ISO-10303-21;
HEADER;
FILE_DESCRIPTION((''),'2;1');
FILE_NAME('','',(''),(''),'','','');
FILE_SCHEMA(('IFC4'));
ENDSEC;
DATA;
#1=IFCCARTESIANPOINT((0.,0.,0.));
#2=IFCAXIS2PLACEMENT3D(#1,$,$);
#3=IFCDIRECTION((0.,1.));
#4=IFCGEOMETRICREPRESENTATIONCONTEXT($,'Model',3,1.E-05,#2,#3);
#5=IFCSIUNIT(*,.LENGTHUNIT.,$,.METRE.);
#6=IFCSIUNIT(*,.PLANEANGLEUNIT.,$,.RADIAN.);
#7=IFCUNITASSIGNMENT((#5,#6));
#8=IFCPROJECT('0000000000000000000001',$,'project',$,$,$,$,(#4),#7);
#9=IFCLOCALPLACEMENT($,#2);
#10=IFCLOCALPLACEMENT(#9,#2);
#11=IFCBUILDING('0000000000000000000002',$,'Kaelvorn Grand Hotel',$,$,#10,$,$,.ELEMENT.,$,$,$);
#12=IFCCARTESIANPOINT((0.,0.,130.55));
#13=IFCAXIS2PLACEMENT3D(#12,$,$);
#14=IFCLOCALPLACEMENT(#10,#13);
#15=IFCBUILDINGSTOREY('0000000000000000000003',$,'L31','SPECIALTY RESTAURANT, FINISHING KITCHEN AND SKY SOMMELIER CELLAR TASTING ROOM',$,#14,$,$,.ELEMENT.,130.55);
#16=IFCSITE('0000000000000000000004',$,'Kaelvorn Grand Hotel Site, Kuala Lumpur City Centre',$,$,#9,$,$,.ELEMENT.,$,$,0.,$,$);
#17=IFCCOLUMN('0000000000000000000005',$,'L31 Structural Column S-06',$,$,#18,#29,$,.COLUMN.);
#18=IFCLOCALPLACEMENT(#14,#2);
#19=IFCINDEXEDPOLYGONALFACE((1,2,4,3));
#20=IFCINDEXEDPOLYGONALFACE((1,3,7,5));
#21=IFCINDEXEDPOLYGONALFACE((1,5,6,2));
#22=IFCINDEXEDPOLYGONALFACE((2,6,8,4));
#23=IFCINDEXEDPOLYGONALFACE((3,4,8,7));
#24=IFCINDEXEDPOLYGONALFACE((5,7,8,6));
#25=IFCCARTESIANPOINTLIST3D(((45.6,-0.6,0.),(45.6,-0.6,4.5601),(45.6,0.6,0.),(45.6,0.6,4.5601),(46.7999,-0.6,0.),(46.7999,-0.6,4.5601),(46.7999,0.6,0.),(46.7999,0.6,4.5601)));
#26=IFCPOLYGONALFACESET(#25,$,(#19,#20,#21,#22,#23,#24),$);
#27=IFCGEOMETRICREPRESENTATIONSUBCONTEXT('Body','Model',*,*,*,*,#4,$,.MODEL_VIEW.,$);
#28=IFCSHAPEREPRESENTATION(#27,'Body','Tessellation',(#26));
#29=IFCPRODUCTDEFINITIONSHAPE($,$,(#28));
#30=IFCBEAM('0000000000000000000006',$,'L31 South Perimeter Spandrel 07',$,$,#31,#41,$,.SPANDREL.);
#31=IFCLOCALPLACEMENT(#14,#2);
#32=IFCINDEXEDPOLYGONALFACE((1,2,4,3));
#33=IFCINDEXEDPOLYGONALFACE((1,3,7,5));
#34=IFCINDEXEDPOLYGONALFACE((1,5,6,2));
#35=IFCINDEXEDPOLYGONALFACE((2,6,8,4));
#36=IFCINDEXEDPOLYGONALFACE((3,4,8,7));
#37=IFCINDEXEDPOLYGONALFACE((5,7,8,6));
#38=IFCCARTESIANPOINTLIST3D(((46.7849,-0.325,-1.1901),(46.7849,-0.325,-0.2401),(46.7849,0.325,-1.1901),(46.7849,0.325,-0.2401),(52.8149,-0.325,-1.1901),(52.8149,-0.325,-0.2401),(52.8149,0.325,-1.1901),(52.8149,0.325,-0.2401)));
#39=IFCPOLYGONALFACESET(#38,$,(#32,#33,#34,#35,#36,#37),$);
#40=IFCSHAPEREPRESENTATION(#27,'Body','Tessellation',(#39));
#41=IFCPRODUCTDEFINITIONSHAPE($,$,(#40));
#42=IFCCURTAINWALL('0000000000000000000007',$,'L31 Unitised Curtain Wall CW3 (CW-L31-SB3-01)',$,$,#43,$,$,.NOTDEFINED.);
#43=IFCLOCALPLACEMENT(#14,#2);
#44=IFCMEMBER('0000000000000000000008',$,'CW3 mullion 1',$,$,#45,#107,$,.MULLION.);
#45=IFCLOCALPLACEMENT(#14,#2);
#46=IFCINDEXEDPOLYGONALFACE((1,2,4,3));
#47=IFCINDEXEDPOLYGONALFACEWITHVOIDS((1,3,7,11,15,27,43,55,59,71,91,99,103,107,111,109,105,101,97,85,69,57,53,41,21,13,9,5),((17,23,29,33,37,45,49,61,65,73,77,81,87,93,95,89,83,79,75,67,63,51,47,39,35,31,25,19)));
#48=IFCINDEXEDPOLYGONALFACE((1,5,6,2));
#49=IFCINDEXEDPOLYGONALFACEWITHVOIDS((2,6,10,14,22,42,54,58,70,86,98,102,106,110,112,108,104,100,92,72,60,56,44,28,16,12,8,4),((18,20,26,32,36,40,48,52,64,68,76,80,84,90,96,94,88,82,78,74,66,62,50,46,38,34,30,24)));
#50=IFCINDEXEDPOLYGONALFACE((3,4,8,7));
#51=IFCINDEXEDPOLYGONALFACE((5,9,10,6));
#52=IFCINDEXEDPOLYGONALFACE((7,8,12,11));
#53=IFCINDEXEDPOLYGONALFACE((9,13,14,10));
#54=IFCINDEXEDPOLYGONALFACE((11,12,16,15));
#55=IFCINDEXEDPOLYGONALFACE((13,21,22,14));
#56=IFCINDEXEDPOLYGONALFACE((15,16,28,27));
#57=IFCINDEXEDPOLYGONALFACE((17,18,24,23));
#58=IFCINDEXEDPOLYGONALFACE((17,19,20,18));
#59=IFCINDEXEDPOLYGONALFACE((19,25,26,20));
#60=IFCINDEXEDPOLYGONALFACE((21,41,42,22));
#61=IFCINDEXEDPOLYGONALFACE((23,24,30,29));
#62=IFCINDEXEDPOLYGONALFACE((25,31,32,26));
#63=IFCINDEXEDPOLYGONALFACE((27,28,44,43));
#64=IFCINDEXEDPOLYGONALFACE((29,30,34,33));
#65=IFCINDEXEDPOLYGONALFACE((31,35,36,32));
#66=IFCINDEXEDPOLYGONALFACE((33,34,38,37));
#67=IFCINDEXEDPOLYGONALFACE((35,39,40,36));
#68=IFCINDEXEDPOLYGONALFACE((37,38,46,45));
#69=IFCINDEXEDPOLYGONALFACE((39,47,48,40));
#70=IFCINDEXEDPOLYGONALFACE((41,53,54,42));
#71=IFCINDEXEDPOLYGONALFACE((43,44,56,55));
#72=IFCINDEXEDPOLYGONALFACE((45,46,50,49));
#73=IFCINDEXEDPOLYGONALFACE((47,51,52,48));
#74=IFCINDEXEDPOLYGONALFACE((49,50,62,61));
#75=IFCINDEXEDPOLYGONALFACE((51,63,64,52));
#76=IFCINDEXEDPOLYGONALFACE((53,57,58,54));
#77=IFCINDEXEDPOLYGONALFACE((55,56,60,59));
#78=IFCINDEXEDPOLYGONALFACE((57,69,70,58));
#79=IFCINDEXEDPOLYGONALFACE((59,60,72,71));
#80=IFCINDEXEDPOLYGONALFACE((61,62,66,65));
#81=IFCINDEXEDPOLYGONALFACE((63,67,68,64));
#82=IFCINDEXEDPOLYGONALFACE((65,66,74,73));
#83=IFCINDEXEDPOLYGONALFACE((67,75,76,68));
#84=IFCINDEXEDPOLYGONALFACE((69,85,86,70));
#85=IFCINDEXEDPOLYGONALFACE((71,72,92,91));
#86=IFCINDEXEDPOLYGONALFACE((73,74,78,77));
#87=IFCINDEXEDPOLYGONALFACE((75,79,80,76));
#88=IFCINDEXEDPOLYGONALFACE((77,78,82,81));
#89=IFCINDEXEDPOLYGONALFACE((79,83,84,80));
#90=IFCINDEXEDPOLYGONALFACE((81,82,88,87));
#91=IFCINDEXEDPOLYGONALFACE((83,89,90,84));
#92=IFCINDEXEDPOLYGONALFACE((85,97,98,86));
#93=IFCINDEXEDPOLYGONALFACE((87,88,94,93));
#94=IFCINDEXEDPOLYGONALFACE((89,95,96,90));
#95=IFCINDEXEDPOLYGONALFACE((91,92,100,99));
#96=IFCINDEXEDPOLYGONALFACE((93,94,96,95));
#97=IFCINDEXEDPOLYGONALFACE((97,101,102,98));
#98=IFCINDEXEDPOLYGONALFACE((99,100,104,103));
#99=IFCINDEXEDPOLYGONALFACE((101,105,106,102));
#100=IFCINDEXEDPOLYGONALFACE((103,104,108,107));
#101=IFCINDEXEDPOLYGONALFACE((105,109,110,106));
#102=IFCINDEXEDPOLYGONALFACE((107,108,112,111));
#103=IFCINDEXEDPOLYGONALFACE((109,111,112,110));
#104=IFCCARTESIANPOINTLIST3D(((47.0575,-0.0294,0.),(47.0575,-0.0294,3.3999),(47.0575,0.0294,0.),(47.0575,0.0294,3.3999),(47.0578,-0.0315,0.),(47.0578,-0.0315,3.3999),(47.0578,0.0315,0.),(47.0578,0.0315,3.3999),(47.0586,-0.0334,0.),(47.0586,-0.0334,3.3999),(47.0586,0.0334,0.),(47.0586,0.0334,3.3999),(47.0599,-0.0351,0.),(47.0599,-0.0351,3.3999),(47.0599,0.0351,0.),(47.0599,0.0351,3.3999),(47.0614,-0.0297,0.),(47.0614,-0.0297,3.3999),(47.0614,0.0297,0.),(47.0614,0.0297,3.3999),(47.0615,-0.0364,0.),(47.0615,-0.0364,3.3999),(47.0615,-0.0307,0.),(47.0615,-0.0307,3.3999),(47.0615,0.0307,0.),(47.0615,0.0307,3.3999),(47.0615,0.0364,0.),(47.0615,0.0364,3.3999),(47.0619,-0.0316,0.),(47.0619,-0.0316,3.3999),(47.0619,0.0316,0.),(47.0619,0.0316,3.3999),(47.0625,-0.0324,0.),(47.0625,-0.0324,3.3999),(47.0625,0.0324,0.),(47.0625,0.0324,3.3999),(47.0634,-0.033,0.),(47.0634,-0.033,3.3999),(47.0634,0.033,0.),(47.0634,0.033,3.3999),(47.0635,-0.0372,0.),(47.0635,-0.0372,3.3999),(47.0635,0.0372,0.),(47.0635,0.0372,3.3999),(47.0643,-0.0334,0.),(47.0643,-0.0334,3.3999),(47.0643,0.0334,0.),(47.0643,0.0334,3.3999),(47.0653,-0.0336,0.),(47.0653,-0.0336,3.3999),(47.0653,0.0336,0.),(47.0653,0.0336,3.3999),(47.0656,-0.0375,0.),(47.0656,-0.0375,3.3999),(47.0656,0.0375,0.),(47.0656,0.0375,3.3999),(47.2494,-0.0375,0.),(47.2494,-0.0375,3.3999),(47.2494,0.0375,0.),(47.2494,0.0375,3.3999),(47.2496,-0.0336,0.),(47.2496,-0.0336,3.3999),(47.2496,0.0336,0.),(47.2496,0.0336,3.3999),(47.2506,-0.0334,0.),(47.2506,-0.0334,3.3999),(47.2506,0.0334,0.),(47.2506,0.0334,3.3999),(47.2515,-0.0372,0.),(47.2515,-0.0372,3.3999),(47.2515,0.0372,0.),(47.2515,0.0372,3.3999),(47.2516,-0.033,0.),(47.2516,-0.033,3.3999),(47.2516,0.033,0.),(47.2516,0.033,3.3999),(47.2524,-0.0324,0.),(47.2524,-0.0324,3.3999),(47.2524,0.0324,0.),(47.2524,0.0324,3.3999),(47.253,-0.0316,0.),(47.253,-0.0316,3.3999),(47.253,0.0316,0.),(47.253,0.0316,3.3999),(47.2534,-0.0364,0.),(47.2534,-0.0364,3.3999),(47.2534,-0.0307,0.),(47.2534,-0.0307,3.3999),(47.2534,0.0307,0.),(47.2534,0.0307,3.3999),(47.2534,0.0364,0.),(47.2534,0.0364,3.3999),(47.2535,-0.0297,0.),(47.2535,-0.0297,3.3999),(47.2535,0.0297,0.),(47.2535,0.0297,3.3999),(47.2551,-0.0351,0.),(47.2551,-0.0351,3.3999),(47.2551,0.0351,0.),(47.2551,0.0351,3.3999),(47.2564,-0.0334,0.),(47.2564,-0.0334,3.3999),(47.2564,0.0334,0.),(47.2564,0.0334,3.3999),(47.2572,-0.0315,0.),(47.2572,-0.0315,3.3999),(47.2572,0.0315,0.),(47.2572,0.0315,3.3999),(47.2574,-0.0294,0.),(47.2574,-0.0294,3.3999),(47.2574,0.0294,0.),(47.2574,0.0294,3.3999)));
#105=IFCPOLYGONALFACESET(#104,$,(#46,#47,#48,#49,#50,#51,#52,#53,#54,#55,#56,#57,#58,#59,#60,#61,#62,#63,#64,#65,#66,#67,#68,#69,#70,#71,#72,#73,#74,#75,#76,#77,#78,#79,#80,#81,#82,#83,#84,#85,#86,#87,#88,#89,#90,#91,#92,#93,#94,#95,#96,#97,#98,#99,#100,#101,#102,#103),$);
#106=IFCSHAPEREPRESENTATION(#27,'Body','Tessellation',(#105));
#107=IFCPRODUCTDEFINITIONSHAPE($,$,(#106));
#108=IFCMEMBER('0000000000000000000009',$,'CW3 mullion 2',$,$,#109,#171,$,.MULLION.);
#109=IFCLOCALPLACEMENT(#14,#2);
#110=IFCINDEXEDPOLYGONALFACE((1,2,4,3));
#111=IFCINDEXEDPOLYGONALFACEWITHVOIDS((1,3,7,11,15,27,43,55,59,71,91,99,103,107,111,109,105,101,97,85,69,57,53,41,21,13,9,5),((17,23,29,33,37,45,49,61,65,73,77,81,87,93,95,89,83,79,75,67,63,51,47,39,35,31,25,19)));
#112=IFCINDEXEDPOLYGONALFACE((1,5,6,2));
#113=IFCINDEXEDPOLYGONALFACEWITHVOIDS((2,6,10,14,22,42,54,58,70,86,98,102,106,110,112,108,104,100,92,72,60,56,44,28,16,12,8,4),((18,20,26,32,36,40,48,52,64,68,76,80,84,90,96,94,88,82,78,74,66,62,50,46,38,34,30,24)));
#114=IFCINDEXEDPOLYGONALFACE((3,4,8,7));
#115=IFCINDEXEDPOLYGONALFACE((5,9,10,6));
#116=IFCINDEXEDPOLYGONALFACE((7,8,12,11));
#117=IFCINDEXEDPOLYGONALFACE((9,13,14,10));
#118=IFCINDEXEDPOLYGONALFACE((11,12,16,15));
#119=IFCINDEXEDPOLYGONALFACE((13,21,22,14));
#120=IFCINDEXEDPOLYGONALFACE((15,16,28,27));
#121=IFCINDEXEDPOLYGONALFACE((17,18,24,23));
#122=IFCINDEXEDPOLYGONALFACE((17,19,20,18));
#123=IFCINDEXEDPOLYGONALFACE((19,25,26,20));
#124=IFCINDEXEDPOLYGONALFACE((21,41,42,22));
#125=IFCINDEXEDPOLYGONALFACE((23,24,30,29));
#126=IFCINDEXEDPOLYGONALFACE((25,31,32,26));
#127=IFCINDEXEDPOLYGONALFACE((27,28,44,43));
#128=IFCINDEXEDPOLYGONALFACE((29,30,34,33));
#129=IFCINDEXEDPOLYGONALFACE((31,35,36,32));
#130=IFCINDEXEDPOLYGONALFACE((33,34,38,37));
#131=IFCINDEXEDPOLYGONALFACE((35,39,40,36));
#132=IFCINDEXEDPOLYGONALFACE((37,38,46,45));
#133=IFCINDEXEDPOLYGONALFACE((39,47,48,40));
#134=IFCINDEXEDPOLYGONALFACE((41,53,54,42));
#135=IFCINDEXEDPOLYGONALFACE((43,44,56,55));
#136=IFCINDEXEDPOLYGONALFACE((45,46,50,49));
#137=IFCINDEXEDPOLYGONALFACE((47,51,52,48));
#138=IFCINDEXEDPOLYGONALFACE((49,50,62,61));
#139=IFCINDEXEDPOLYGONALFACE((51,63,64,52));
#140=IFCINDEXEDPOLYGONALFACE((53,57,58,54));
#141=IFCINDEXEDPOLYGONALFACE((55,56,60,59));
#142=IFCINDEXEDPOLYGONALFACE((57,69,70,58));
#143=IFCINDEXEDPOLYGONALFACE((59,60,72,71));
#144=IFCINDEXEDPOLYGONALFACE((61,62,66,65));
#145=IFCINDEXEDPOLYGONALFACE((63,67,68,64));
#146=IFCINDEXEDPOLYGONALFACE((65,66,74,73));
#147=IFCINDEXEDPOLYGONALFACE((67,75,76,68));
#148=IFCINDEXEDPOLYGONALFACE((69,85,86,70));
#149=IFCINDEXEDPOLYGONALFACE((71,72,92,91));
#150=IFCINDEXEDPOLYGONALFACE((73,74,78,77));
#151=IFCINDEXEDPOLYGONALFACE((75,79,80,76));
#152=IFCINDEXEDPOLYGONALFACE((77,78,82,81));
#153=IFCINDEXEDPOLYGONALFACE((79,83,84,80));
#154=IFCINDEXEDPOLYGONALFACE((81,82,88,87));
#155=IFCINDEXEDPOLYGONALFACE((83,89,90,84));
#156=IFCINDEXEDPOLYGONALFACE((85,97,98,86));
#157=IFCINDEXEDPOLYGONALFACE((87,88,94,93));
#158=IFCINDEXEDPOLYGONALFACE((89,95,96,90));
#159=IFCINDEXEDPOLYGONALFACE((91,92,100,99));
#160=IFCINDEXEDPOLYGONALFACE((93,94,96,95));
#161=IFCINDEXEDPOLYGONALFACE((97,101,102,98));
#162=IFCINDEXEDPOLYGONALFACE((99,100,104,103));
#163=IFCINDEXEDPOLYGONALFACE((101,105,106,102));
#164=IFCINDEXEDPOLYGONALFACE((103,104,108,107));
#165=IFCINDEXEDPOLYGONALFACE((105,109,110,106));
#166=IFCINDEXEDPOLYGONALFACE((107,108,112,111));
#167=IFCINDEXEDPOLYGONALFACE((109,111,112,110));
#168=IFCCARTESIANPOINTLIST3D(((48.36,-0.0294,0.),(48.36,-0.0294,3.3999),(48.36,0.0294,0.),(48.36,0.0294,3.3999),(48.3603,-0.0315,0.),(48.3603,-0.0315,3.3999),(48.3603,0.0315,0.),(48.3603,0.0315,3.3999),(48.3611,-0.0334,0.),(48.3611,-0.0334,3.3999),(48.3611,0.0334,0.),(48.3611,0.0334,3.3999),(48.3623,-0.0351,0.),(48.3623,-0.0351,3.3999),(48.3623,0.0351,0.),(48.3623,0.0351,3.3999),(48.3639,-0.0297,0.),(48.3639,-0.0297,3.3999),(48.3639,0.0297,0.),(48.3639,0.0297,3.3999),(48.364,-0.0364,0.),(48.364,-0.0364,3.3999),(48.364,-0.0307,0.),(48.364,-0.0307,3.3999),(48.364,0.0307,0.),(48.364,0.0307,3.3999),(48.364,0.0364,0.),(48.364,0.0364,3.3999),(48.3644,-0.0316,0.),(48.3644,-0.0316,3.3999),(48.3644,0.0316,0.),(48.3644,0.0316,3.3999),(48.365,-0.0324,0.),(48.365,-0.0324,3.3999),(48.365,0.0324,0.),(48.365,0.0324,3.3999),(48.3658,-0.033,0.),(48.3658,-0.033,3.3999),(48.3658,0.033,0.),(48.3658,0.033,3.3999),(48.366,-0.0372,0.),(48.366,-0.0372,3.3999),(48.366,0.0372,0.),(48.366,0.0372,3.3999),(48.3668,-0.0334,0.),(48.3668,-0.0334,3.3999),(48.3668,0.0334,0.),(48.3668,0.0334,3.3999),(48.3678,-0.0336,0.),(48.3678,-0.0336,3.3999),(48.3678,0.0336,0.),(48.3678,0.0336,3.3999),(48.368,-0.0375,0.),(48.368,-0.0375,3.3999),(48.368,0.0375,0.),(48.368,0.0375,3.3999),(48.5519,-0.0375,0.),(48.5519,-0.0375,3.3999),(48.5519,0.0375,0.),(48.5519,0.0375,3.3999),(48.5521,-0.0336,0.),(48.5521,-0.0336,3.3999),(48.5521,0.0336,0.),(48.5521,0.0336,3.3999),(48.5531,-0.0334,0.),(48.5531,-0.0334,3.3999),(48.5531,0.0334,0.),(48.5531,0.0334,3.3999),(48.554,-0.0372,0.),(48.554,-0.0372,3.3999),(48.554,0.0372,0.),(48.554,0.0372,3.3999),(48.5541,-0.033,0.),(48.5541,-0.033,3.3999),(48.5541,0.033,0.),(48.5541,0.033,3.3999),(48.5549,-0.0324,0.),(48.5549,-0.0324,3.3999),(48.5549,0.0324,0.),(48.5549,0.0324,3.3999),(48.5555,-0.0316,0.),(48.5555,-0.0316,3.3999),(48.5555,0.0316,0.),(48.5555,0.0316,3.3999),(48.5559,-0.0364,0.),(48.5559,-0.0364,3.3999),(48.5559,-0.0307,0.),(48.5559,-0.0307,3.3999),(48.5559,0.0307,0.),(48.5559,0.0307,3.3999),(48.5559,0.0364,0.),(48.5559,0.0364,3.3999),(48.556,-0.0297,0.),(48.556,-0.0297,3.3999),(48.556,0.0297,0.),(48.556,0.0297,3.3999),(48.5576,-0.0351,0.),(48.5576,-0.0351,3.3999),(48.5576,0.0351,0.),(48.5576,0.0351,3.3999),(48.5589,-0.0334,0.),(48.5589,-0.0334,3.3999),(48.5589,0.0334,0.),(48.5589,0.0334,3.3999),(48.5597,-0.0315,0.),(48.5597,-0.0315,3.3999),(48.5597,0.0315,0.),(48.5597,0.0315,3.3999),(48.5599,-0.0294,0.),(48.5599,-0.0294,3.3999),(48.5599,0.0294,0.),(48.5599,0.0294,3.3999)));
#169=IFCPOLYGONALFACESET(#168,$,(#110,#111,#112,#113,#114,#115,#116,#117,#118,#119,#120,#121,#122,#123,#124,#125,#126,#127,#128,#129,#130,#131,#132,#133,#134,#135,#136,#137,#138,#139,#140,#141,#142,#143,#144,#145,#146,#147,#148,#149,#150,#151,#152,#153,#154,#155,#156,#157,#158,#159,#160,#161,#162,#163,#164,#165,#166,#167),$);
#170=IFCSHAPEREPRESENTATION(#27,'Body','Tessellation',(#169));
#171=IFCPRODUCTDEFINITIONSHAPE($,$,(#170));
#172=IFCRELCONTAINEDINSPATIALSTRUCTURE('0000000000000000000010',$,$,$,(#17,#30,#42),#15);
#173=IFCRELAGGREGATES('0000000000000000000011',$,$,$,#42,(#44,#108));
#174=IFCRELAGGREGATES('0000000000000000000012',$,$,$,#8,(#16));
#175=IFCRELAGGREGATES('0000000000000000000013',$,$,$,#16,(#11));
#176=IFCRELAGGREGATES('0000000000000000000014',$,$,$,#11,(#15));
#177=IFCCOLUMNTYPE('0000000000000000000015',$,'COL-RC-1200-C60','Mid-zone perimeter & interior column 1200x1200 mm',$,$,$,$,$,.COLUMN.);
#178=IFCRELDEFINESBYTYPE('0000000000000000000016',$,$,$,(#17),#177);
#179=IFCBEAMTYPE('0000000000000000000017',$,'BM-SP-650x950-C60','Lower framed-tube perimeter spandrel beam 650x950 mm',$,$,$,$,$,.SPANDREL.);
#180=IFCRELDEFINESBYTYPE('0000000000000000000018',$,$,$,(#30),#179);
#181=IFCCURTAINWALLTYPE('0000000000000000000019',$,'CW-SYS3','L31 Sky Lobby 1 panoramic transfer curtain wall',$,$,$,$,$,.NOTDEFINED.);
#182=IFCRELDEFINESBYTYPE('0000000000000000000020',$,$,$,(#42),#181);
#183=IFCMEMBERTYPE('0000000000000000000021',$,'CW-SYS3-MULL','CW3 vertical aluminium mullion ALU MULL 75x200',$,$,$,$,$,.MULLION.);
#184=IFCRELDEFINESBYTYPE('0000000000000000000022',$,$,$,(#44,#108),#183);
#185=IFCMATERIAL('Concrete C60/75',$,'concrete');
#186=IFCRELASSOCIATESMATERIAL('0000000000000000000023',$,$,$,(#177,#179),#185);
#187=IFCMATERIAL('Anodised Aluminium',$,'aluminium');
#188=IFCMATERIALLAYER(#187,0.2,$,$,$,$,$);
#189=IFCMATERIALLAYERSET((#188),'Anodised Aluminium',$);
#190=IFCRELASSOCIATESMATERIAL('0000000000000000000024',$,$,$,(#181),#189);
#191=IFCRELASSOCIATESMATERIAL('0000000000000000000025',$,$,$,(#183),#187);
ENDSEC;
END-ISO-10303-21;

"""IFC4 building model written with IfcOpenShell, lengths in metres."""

from ifc_helpers import new_model, si_unit, direction, frame, origin, origin_2d, place, context, subcontext, project, spatial, rectangle, hollow_rectangle, extrude, material, layer, layer_set, material_profile, profile_set, type_object, element, aggregate, save


model = new_model("IFC4")

# Units and contexts
model_context = context("Model", 3, precision=1e-05, world=origin(), true_north=direction((0.0, 1.0)))
body_context = subcontext(model_context, "Body", "Model", "MODEL_VIEW")
ifc_project = project(units=[si_unit("LENGTHUNIT", "METRE"), si_unit("PLANEANGLEUNIT", "RADIAN")], contexts=[model_context])

# Site, building, storey
site_placement = place(None, origin())
site = spatial("IfcSite", under=ifc_project, at=site_placement, Name="Kaelvorn Grand Hotel Site, Kuala Lumpur City Centre", CompositionType="ELEMENT", RefElevation=0.0)
building_placement = place(site_placement, origin())
building = spatial("IfcBuilding", under=site, at=building_placement, Name="Kaelvorn Grand Hotel", CompositionType="ELEMENT")
storey_placement = place(building_placement, frame((0.0, 0.0, 130.55)))
storey = spatial("IfcBuildingStorey", under=building, at=storey_placement, Name="L31", Description="SPECIALTY RESTAURANT, FINISHING KITCHEN AND SKY SOMMELIER CELLAR TASTING ROOM", CompositionType="ELEMENT", Elevation=130.55)

# Column
ifc_material_1 = material(Name="Concrete C60/75", Category="concrete")
ifc_material_profile_1 = material_profile(ifc_material_1, rectangle(XDim=1.2, YDim=1.2, at=origin_2d()), Name="RC COL 1200x1200")
ifc_profile_set_1 = profile_set([ifc_material_profile_1], Name="Concrete C60/75")
column_type = type_object("IfcColumnType", Name="COL-RC-1200-C60", Description="Mid-zone perimeter & interior column 1200x1200 mm", PredefinedType="COLUMN", material=ifc_profile_set_1)
column_placement = place(storey_placement, frame((46.2, 0.0, 0.0), z_axis=(0.0, 0.0, 1.0), x_axis=(1.0, 0.0, 0.0)))
element("IfcColumn", 1, at=column_placement, inside=storey, type_object=column_type, Name="L31 Structural Column S-06", PredefinedType="COLUMN", context=body_context, shape_type="SweptSolid", body=[
    extrude(rectangle(XDim=1.2, YDim=1.2, at=origin_2d()), origin(), (0.0, 0.0, 1.0), 4.5601),
])

# Beam
ifc_material_profile_2 = material_profile(ifc_material_1, rectangle(XDim=0.6499, YDim=0.95, at=origin_2d()), Name="RC SPANDREL 650x950")
ifc_profile_set_2 = profile_set([ifc_material_profile_2], Name="Concrete C60/75")
beam_type = type_object("IfcBeamType", Name="BM-SP-650x950-C60", Description="Lower framed-tube perimeter spandrel beam 650x950 mm", PredefinedType="SPANDREL", material=ifc_profile_set_2)
beam_placement = place(storey_placement, frame((46.7849, 0.0, -0.7151), z_axis=(1.0, 0.0, 0.0), x_axis=(0.0, 1.0, 0.0)))
element("IfcBeam", 2, at=beam_placement, inside=storey, type_object=beam_type, Name="L31 South Perimeter Spandrel 07", PredefinedType="SPANDREL", context=body_context, shape_type="SweptSolid", body=[
    extrude(rectangle(XDim=0.6499, YDim=0.95, at=origin_2d()), origin(), (0.0, 0.0, 1.0), 6.03),
])

# Curtain wall, members
ifc_material_2 = material(Name="Anodised Aluminium", Category="aluminium")
ifc_layer_1 = layer(ifc_material_2, 0.2)
ifc_layer_set_1 = layer_set([ifc_layer_1], Name="Anodised Aluminium")
curtain_wall_type = type_object("IfcCurtainWallType", Name="CW-SYS3", Description="L31 Sky Lobby 1 panoramic transfer curtain wall", PredefinedType="NOTDEFINED", material=ifc_layer_set_1)
curtain_wall_placement = place(storey_placement, origin())
curtain_wall = element("IfcCurtainWall", 3, at=curtain_wall_placement, inside=storey, type_object=curtain_wall_type, Name="L31 Unitised Curtain Wall CW3 (CW-L31-SB3-01)", PredefinedType="NOTDEFINED")
ifc_material_profile_3 = material_profile(ifc_material_2, hollow_rectangle(XDim=0.075, YDim=0.2, WallThickness=0.0039, InnerFilletRadius=0.0039, OuterFilletRadius=0.0081, at=origin_2d()), Name="ALU MULL 75x200")
ifc_profile_set_3 = profile_set([ifc_material_profile_3], Name="Anodised Aluminium")
member_type_1 = type_object("IfcMemberType", Name="CW-SYS3-MULL", Description="CW3 vertical aluminium mullion ALU MULL 75x200", PredefinedType="MULLION", material=ifc_profile_set_3)
member_1_placement = place(storey_placement, frame((47.1575, 0.0, 0.0), z_axis=(0.0, 0.0, 1.0), x_axis=(0.0, 1.0, 0.0)))
member_1 = element("IfcMember", 4, at=member_1_placement, type_object=member_type_1, Name="CW3 mullion 1", PredefinedType="MULLION", context=body_context, shape_type="SweptSolid", body=[
    extrude(hollow_rectangle(XDim=0.075, YDim=0.2, WallThickness=0.0039, InnerFilletRadius=0.0039, OuterFilletRadius=0.0081, at=origin_2d()), origin(), (0.0, 0.0, 1.0), 3.3999),
])
member_2_placement = place(storey_placement, frame((48.46, 0.0, 0.0), z_axis=(0.0, 0.0, 1.0), x_axis=(0.0, 1.0, 0.0)))
member_2 = element("IfcMember", 5, at=member_2_placement, type_object=member_type_1, Name="CW3 mullion 2", PredefinedType="MULLION", context=body_context, shape_type="SweptSolid", body=[
    extrude(hollow_rectangle(XDim=0.075, YDim=0.2, WallThickness=0.0039, InnerFilletRadius=0.0039, OuterFilletRadius=0.0081, at=origin_2d()), origin(), (0.0, 0.0, 1.0), 3.3999),
])
aggregate(curtain_wall, [member_1, member_2])

save(model, "model.ifc")
